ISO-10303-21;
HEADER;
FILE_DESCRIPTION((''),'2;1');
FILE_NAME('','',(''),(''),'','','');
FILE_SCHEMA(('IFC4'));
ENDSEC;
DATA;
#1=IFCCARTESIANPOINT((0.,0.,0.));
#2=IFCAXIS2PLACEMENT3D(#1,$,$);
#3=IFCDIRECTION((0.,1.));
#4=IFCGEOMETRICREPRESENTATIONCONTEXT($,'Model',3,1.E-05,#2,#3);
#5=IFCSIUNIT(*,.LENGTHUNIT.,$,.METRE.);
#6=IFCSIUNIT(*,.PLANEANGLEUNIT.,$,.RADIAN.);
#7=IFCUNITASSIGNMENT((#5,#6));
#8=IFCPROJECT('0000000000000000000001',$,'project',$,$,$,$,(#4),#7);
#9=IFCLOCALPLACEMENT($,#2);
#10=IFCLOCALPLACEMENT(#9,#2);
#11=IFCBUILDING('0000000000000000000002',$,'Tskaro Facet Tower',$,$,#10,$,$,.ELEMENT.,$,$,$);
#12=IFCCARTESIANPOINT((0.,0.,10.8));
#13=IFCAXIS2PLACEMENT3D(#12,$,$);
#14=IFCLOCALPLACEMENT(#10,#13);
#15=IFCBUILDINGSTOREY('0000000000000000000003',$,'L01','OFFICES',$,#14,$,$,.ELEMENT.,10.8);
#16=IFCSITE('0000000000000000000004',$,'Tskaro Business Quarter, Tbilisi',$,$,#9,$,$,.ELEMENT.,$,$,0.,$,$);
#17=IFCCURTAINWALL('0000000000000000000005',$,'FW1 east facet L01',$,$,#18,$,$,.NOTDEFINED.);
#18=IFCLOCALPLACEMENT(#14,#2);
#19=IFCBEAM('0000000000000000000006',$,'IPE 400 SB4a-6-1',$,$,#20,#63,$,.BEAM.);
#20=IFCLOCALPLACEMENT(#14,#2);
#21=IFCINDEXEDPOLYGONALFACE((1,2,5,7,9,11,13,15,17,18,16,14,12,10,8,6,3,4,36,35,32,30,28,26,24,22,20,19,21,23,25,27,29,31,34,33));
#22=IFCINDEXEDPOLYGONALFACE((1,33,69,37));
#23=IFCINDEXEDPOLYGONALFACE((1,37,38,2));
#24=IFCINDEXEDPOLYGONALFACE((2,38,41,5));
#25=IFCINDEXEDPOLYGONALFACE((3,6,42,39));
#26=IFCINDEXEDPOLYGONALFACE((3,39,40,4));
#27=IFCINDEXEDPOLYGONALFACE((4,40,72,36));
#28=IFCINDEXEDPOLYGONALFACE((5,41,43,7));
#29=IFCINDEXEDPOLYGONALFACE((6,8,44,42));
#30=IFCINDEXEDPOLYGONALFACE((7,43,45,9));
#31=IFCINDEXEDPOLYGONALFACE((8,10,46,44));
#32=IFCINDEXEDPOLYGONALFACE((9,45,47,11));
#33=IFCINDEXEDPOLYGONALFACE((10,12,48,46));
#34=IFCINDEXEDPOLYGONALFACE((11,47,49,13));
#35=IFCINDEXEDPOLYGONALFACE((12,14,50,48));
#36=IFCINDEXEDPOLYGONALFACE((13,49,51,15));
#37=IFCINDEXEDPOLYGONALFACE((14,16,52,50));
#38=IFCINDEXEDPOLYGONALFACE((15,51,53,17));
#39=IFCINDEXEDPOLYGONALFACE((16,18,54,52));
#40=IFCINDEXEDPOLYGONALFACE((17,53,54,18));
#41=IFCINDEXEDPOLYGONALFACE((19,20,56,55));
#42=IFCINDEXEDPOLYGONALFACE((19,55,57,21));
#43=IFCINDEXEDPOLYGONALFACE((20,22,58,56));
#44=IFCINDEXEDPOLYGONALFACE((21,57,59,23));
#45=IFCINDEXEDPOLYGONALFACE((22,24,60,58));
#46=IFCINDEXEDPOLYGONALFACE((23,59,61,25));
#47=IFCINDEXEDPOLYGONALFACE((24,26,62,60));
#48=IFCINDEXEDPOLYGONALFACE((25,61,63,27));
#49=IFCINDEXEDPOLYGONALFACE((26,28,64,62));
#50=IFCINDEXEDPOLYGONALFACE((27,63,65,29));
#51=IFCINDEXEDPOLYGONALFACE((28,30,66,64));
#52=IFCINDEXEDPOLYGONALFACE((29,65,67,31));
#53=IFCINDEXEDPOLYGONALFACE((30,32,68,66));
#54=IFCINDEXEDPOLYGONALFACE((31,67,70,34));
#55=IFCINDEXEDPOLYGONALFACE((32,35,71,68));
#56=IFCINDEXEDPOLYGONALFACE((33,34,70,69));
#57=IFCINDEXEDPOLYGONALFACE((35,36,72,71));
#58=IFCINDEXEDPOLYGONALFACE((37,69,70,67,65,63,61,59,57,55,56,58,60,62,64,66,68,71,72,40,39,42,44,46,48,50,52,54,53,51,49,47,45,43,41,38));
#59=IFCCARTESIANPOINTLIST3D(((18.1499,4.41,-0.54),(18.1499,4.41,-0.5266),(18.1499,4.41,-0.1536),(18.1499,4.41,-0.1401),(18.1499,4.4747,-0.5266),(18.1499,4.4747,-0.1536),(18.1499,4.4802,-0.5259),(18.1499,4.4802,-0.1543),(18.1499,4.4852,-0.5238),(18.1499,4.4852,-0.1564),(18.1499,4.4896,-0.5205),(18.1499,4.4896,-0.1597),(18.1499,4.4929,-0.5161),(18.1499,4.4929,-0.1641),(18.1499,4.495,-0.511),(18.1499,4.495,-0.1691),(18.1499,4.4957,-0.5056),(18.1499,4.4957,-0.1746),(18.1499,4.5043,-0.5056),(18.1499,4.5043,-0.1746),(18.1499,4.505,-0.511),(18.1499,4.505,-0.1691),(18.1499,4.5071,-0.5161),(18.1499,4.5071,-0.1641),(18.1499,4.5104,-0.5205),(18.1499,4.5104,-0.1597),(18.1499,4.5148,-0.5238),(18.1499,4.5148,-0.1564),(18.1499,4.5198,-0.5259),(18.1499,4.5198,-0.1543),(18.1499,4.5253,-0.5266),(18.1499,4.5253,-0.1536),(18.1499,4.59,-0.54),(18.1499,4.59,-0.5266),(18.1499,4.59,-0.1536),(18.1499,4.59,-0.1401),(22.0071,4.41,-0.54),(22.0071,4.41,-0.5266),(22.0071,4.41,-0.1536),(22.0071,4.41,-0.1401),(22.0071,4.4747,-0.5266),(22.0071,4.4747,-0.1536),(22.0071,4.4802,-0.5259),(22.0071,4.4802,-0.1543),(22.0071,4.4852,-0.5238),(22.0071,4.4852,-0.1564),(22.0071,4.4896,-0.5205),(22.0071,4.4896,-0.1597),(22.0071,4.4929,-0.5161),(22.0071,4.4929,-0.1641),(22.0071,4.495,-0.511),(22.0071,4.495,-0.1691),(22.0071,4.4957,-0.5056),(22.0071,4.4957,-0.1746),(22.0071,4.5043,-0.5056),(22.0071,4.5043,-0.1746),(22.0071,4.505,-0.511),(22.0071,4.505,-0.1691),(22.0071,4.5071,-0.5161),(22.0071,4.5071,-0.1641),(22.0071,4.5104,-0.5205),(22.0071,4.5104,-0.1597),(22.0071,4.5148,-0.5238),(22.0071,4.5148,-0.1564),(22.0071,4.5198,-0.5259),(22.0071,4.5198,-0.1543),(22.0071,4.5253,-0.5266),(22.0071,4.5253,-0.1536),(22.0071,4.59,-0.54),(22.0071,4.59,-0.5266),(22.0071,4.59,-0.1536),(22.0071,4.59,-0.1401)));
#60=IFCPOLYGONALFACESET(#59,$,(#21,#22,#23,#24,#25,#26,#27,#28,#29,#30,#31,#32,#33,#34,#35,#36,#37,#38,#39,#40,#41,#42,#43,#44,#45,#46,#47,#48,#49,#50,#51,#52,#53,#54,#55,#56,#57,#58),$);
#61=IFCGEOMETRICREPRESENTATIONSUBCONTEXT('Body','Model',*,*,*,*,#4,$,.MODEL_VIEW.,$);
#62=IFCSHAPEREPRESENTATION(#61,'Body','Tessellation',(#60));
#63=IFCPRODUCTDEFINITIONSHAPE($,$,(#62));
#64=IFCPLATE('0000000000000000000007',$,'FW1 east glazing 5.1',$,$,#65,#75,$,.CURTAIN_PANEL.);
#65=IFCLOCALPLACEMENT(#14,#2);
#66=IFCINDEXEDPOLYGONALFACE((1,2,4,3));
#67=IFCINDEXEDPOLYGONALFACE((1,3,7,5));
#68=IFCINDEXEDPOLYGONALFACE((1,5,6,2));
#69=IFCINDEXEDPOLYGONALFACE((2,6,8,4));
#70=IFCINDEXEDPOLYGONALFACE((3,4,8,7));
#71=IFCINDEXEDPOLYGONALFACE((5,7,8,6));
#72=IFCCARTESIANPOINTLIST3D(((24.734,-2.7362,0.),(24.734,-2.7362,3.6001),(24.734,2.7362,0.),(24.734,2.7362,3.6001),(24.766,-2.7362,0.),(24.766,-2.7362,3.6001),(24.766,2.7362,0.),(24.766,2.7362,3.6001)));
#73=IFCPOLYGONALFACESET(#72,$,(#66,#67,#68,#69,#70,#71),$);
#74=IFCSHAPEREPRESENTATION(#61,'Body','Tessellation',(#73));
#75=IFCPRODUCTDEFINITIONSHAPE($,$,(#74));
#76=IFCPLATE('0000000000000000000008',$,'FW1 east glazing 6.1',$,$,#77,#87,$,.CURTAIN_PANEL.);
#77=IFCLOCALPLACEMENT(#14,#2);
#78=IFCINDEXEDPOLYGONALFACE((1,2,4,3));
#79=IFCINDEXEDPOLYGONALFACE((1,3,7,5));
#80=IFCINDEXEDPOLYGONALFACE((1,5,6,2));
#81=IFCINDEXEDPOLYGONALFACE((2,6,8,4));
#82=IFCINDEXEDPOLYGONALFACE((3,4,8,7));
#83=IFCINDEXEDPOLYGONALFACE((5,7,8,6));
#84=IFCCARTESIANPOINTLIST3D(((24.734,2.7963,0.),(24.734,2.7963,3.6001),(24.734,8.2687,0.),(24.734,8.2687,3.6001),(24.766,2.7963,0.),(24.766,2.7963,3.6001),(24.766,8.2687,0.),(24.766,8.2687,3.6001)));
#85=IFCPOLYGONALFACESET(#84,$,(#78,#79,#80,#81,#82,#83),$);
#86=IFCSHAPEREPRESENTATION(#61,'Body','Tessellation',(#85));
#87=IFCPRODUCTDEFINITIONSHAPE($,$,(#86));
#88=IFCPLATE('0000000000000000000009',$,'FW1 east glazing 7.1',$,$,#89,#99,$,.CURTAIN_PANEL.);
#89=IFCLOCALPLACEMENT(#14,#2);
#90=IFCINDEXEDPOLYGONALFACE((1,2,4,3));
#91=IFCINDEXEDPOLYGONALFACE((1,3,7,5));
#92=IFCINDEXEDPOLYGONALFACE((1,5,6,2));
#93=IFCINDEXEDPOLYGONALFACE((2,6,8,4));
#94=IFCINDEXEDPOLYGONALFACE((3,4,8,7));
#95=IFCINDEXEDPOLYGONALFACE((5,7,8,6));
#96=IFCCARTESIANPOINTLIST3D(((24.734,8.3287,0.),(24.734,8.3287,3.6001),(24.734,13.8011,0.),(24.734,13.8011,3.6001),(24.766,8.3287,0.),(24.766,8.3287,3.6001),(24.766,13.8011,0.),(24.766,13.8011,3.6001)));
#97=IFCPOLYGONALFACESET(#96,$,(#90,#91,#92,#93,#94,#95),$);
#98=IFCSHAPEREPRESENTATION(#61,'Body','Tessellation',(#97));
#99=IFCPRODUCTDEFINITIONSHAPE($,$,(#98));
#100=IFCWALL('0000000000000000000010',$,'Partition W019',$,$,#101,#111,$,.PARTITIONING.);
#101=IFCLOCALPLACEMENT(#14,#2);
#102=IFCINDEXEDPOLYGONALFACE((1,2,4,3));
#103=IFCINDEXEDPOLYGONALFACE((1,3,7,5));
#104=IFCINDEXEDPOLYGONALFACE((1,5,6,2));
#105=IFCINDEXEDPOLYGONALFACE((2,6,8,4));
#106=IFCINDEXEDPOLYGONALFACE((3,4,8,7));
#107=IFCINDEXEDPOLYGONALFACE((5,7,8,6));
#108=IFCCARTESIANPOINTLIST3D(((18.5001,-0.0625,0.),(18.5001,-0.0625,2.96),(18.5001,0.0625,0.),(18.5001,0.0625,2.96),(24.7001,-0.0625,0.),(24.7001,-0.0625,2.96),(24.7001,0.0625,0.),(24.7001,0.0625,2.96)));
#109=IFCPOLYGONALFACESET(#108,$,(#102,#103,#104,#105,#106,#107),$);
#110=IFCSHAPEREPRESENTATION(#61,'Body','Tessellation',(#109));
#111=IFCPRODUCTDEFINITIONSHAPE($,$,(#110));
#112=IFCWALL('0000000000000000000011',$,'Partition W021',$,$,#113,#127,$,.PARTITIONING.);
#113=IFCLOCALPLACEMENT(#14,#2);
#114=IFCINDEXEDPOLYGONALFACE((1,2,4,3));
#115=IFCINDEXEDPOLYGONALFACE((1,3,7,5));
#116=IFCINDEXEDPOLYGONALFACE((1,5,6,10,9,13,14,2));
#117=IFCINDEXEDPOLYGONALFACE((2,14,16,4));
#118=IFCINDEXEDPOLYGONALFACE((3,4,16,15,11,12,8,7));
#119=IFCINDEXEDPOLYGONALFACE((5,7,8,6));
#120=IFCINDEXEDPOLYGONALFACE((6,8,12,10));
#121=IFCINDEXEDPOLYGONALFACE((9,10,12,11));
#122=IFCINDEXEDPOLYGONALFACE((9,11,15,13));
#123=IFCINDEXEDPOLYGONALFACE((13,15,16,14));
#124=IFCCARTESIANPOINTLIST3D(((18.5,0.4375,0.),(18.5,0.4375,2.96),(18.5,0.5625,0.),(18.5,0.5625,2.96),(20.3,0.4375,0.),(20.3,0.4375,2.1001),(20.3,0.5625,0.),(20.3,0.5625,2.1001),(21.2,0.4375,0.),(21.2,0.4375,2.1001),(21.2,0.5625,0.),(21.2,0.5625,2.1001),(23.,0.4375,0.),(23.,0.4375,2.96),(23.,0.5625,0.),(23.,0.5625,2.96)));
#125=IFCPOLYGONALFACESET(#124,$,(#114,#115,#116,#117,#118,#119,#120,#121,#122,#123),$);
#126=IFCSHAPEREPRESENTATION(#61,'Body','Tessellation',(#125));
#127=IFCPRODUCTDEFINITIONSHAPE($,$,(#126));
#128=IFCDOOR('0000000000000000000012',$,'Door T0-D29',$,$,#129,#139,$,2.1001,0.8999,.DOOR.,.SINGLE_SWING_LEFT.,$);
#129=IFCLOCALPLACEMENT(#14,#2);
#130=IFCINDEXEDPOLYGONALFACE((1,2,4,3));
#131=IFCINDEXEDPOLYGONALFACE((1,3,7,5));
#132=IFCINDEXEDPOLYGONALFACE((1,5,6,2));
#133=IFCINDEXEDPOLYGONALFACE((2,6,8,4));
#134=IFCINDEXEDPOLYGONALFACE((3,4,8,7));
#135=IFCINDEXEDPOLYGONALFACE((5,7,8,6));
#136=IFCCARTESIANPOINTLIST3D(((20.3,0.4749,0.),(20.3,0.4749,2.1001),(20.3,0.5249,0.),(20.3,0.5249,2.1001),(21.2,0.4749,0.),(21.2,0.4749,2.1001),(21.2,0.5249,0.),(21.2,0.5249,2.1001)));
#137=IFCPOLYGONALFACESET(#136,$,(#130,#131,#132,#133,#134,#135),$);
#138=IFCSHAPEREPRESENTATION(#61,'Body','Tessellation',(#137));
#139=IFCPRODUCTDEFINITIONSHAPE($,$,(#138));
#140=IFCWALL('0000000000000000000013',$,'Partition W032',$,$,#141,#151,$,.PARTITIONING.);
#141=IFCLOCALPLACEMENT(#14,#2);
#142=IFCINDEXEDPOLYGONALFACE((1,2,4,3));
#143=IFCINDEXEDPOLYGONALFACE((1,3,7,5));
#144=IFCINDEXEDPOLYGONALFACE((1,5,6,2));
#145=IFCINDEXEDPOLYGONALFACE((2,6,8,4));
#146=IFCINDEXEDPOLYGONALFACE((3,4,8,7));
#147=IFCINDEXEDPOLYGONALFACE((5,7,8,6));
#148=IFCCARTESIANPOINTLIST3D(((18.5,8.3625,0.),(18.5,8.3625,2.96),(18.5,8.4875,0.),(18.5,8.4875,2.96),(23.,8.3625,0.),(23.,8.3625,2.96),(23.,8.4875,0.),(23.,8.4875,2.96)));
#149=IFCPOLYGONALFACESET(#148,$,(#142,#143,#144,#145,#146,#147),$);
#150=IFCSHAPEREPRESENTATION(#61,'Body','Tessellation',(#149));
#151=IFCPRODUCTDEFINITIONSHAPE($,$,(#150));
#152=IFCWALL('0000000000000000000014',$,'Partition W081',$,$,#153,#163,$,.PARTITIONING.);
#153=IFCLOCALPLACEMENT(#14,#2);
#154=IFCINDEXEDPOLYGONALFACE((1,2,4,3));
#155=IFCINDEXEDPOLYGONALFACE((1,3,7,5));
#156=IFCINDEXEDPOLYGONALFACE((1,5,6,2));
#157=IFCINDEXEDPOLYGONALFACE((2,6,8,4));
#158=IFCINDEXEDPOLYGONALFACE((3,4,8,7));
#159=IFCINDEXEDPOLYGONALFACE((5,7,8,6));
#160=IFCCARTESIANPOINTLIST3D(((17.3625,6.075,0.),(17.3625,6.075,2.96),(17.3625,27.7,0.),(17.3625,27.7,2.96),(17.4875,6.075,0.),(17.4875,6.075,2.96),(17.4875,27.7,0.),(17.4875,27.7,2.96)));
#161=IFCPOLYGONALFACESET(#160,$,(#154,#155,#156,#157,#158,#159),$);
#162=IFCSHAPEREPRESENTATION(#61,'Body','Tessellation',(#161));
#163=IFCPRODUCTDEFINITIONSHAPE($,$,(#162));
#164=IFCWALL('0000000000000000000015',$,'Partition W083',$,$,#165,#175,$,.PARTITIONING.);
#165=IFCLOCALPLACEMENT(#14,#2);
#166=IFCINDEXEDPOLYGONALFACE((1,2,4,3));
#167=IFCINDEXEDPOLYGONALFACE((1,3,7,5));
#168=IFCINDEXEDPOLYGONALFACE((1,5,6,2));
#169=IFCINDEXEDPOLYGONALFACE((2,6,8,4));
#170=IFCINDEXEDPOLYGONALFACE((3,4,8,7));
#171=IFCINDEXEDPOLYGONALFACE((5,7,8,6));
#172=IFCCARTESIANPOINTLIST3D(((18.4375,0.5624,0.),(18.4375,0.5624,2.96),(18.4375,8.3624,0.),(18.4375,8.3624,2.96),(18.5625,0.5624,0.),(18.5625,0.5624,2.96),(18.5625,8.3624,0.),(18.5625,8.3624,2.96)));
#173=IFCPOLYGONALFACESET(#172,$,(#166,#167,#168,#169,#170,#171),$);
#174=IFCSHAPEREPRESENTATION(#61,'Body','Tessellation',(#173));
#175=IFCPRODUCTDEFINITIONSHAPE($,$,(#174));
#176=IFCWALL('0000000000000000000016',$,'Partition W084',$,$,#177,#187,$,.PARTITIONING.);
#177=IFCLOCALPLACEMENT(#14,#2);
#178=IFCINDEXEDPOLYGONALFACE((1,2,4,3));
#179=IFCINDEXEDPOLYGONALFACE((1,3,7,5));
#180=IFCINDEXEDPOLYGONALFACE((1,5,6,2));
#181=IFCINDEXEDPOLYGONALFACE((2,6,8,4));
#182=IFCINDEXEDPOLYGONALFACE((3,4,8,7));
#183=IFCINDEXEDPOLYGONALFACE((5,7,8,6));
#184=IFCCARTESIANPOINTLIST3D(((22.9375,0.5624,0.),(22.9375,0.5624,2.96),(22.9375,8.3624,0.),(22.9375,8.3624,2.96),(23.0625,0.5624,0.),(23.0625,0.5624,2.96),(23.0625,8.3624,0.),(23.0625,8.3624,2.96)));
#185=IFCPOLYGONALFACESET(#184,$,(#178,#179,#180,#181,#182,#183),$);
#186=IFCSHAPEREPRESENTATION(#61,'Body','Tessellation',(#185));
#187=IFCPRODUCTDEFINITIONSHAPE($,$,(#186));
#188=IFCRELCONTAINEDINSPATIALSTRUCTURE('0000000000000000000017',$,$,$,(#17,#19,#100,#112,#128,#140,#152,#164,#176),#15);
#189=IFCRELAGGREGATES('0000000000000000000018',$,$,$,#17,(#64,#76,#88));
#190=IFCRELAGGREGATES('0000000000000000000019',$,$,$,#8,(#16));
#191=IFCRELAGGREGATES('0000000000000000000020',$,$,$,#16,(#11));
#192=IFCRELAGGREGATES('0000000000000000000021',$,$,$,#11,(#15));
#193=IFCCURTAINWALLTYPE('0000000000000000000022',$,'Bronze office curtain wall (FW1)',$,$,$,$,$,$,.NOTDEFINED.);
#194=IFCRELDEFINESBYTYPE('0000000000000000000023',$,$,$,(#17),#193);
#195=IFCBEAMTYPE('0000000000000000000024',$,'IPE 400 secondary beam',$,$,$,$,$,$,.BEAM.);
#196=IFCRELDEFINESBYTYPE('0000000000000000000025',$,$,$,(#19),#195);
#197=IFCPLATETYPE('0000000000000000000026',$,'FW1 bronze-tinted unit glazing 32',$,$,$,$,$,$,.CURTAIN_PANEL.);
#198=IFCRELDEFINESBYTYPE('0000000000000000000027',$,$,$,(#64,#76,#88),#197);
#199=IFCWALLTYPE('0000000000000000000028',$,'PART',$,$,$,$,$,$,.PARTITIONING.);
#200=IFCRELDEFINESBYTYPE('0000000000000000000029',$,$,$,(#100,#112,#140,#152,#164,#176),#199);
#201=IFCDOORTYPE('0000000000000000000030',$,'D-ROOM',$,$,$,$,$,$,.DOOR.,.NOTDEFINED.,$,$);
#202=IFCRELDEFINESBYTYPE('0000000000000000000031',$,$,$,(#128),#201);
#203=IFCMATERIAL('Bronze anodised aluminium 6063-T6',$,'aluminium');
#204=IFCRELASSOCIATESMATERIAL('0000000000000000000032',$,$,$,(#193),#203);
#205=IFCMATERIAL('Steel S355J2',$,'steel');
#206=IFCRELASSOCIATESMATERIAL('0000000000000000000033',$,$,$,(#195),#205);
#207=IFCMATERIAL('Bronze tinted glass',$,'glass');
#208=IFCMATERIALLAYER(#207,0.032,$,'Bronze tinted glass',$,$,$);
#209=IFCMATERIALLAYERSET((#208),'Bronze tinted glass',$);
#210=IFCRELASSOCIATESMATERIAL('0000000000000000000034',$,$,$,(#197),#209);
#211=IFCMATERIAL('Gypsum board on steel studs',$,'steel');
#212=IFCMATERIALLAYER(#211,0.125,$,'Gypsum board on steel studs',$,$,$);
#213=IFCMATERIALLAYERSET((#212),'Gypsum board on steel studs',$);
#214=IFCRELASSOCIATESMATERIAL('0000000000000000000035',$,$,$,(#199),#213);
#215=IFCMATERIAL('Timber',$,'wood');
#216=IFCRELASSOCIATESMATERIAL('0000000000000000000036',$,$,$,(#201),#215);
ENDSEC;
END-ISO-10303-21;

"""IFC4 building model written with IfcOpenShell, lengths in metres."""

from ifc_helpers import new_model, si_unit, direction, frame, frame_2d, origin, origin_2d, place, context, subcontext, project, spatial, rectangle, i_section, extrude, material, layer, layer_set, material_profile, profile_set, type_object, element, fill, aggregate, save


model = new_model("IFC4")

# Units and contexts
model_context = context("Model", 3, precision=1e-05, world=origin(), true_north=direction((0.0, 1.0)))
body_context = subcontext(model_context, "Body", "Model", "MODEL_VIEW")
ifc_project = project(units=[si_unit("LENGTHUNIT", "METRE"), si_unit("PLANEANGLEUNIT", "RADIAN")], contexts=[model_context])

# Site, building, storey
site_placement = place(None, origin())
site = spatial("IfcSite", under=ifc_project, at=site_placement, Name="Tskaro Business Quarter, Tbilisi", CompositionType="ELEMENT", RefElevation=0.0)
building_placement = place(site_placement, origin())
building = spatial("IfcBuilding", under=site, at=building_placement, Name="Tskaro Facet Tower", CompositionType="ELEMENT")
storey_placement = place(building_placement, frame((0.0, 0.0, 10.8)))
storey = spatial("IfcBuildingStorey", under=building, at=storey_placement, Name="L01", Description="OFFICES", CompositionType="ELEMENT", Elevation=10.8)

# Curtain wall
ifc_material_1 = material(Name="Bronze anodised aluminium 6063-T6", Category="aluminium")
curtain_wall_type = type_object("IfcCurtainWallType", Name="Bronze office curtain wall (FW1)", PredefinedType="NOTDEFINED", material=ifc_material_1)
curtain_wall_placement = place(storey_placement, origin())
curtain_wall = element("IfcCurtainWall", 1, at=curtain_wall_placement, inside=storey, type_object=curtain_wall_type, Name="FW1 east facet L01", PredefinedType="NOTDEFINED")

# Beam
ifc_material_2 = material(Name="Steel S355J2", Category="steel")
ifc_material_profile_1 = material_profile(ifc_material_2, i_section(OverallWidth=0.1799, OverallDepth=0.3999, WebThickness=0.0085, FlangeThickness=0.0134, FilletRadius=0.021, at=origin_2d()), Name="IPE 400")
ifc_profile_set_1 = profile_set([ifc_material_profile_1], Name="Steel S355J2")
beam_type_1 = type_object("IfcBeamType", Name="IPE 400 secondary beam", PredefinedType="BEAM", material=ifc_profile_set_1)
beam_placement = place(storey_placement, frame((18.1499, 4.5, -0.3401), z_axis=(1.0, 0.0, 0.0), x_axis=(0.0, 1.0, 0.0)))
element("IfcBeam", 2, at=beam_placement, inside=storey, type_object=beam_type_1, Name="IPE 400 SB4a-6-1", PredefinedType="BEAM", context=body_context, shape_type="SweptSolid", body=[
    extrude(i_section(OverallWidth=0.1799, OverallDepth=0.3999, WebThickness=0.0085, FlangeThickness=0.0134, FilletRadius=0.021, at=origin_2d()), origin(), (0.0, 0.0, 1.0), 3.8572),
])

# Plates
ifc_material_3 = material(Name="Bronze tinted glass", Category="glass")
ifc_layer_1 = layer(ifc_material_3, 0.032, Name="Bronze tinted glass")
ifc_layer_set_1 = layer_set([ifc_layer_1], Name="Bronze tinted glass")
plate_type = type_object("IfcPlateType", Name="FW1 bronze-tinted unit glazing 32", PredefinedType="CURTAIN_PANEL", material=ifc_layer_set_1)
plate_1_placement = place(storey_placement, frame((24.75, 0.0, 0.0), z_axis=(0.0, 0.0, 1.0), x_axis=(0.0, 1.0, 0.0)))
plate_1 = element("IfcPlate", 3, at=plate_1_placement, type_object=plate_type, Name="FW1 east glazing 5.1", PredefinedType="CURTAIN_PANEL", context=body_context, shape_type="SweptSolid", body=[
    extrude(rectangle(XDim=5.4724, YDim=0.032, at=origin_2d()), origin(), (0.0, 0.0, 1.0), 3.6001),
])
plate_2_placement = place(storey_placement, frame((24.75, 5.5325, 0.0), z_axis=(0.0, 0.0, 1.0), x_axis=(0.0, 1.0, 0.0)))
plate_2 = element("IfcPlate", 4, at=plate_2_placement, type_object=plate_type, Name="FW1 east glazing 6.1", PredefinedType="CURTAIN_PANEL", context=body_context, shape_type="SweptSolid", body=[
    extrude(rectangle(XDim=5.4724, YDim=0.032, at=origin_2d()), origin(), (0.0, 0.0, 1.0), 3.6001),
])
plate_3_placement = place(storey_placement, frame((24.75, 11.0649, 0.0), z_axis=(0.0, 0.0, 1.0), x_axis=(0.0, 1.0, 0.0)))
plate_3 = element("IfcPlate", 5, at=plate_3_placement, type_object=plate_type, Name="FW1 east glazing 7.1", PredefinedType="CURTAIN_PANEL", context=body_context, shape_type="SweptSolid", body=[
    extrude(rectangle(XDim=5.4724, YDim=0.032, at=origin_2d()), origin(), (0.0, 0.0, 1.0), 3.6001),
])
aggregate(curtain_wall, [plate_1, plate_2, plate_3])

# Wall
ifc_material_4 = material(Name="Gypsum board on steel studs", Category="steel")
ifc_layer_2 = layer(ifc_material_4, 0.125, Name="Gypsum board on steel studs")
ifc_layer_set_2 = layer_set([ifc_layer_2], Name="Gypsum board on steel studs")
wall_type_1 = type_object("IfcWallType", Name="PART", PredefinedType="PARTITIONING", material=ifc_layer_set_2)
wall_1_placement = place(storey_placement, frame((18.5, 0.0, 0.0), z_axis=(0.0, 0.0, 1.0), x_axis=(1.0, 0.0, 0.0)))
element("IfcWall", 6, at=wall_1_placement, inside=storey, type_object=wall_type_1, Name="Partition W019", PredefinedType="PARTITIONING", context=body_context, shape_type="SweptSolid", body=[
    extrude(rectangle(XDim=6.2, YDim=0.125, at=frame_2d((3.1001, 0.0))), origin(), (0.0, 0.0, 1.0), 2.96),
])

# Wall, opening, door
wall_2_placement = place(storey_placement, frame((18.5, 0.5, 0.0), z_axis=(0.0, 0.0, 1.0), x_axis=(1.0, 0.0, 0.0)))
wall_2 = element("IfcWall", 7, at=wall_2_placement, inside=storey, type_object=wall_type_1, Name="Partition W021", PredefinedType="PARTITIONING", context=body_context, shape_type="SweptSolid", body=[
    extrude(rectangle(XDim=4.5, YDim=0.125, at=frame_2d((2.25, 0.0))), origin(), (0.0, 0.0, 1.0), 2.96),
])
opening_1_placement = place(wall_2_placement, frame((1.8, 0.0, 0.0)))
opening_1 = element("IfcOpeningElement", 8, at=opening_1_placement, cuts=wall_2, PredefinedType="OPENING", context=body_context, shape_type="SweptSolid", body=[
    extrude(rectangle(XDim=0.8999, YDim=2.1001, at=frame_2d((0.45, 1.05))), frame((0.0, 0.0725, 0.0), z_axis=(0.0, -1.0, 0.0), x_axis=(1.0, 0.0, 0.0)), (0.0, 0.0, 1.0), 0.145),
])
ifc_material_5 = material(Name="Timber", Category="wood")
door_type_1 = type_object("IfcDoorType", Name="D-ROOM", OperationType="NOTDEFINED", PredefinedType="DOOR", material=ifc_material_5)
door_1_placement = place(opening_1_placement, origin())
door_1 = element("IfcDoor", 9, at=door_1_placement, inside=storey, type_object=door_type_1, Name="Door T0-D29", OperationType="SINGLE_SWING_LEFT", OverallHeight=2.1001, OverallWidth=0.8999, PredefinedType="DOOR", context=body_context, shape_type="SweptSolid", body=[
    extrude(rectangle(XDim=0.8999, YDim=2.1001, at=frame_2d((0.45, 1.05))), frame((0.0, 0.0249, 0.0), z_axis=(0.0, -1.0, 0.0), x_axis=(1.0, 0.0, 0.0)), (0.0, 0.0, 1.0), 0.05),
])
fill(opening_1, door_1)

# Walls
wall_3_placement = place(storey_placement, frame((18.5, 8.425, 0.0), z_axis=(0.0, 0.0, 1.0), x_axis=(1.0, 0.0, 0.0)))
element("IfcWall", 10, at=wall_3_placement, inside=storey, type_object=wall_type_1, Name="Partition W032", PredefinedType="PARTITIONING", context=body_context, shape_type="SweptSolid", body=[
    extrude(rectangle(XDim=4.5, YDim=0.125, at=frame_2d((2.25, 0.0))), origin(), (0.0, 0.0, 1.0), 2.96),
])
wall_4_placement = place(storey_placement, frame((17.425, 6.075, 0.0), z_axis=(0.0, 0.0, 1.0), x_axis=(0.0, 1.0, 0.0)))
element("IfcWall", 11, at=wall_4_placement, inside=storey, type_object=wall_type_1, Name="Partition W081", PredefinedType="PARTITIONING", context=body_context, shape_type="SweptSolid", body=[
    extrude(rectangle(XDim=21.625, YDim=0.125, at=frame_2d((10.8125, 0.0))), origin(), (0.0, 0.0, 1.0), 2.96),
])
for number, where, z_axis, x_axis, name in (
    (12, (18.5, 0.5625, 0.0), (0.0, 0.0, 1.0), (0.0, 1.0, 0.0), "Partition W083"),
    (13, (23.0, 0.5625, 0.0), (0.0, 0.0, 1.0), (0.0, 1.0, 0.0), "Partition W084"),
):
    element("IfcWall", number, at=place(storey_placement, frame(where, z_axis=z_axis, x_axis=x_axis)), inside=storey, type_object=wall_type_1, Name=name, PredefinedType="PARTITIONING", context=body_context, shape_type="SweptSolid", body=[
        extrude(rectangle(XDim=7.8, YDim=0.125, at=frame_2d((3.8999, 0.0))), origin(), (0.0, 0.0, 1.0), 2.96),
    ])

save(model, "model.ifc")
